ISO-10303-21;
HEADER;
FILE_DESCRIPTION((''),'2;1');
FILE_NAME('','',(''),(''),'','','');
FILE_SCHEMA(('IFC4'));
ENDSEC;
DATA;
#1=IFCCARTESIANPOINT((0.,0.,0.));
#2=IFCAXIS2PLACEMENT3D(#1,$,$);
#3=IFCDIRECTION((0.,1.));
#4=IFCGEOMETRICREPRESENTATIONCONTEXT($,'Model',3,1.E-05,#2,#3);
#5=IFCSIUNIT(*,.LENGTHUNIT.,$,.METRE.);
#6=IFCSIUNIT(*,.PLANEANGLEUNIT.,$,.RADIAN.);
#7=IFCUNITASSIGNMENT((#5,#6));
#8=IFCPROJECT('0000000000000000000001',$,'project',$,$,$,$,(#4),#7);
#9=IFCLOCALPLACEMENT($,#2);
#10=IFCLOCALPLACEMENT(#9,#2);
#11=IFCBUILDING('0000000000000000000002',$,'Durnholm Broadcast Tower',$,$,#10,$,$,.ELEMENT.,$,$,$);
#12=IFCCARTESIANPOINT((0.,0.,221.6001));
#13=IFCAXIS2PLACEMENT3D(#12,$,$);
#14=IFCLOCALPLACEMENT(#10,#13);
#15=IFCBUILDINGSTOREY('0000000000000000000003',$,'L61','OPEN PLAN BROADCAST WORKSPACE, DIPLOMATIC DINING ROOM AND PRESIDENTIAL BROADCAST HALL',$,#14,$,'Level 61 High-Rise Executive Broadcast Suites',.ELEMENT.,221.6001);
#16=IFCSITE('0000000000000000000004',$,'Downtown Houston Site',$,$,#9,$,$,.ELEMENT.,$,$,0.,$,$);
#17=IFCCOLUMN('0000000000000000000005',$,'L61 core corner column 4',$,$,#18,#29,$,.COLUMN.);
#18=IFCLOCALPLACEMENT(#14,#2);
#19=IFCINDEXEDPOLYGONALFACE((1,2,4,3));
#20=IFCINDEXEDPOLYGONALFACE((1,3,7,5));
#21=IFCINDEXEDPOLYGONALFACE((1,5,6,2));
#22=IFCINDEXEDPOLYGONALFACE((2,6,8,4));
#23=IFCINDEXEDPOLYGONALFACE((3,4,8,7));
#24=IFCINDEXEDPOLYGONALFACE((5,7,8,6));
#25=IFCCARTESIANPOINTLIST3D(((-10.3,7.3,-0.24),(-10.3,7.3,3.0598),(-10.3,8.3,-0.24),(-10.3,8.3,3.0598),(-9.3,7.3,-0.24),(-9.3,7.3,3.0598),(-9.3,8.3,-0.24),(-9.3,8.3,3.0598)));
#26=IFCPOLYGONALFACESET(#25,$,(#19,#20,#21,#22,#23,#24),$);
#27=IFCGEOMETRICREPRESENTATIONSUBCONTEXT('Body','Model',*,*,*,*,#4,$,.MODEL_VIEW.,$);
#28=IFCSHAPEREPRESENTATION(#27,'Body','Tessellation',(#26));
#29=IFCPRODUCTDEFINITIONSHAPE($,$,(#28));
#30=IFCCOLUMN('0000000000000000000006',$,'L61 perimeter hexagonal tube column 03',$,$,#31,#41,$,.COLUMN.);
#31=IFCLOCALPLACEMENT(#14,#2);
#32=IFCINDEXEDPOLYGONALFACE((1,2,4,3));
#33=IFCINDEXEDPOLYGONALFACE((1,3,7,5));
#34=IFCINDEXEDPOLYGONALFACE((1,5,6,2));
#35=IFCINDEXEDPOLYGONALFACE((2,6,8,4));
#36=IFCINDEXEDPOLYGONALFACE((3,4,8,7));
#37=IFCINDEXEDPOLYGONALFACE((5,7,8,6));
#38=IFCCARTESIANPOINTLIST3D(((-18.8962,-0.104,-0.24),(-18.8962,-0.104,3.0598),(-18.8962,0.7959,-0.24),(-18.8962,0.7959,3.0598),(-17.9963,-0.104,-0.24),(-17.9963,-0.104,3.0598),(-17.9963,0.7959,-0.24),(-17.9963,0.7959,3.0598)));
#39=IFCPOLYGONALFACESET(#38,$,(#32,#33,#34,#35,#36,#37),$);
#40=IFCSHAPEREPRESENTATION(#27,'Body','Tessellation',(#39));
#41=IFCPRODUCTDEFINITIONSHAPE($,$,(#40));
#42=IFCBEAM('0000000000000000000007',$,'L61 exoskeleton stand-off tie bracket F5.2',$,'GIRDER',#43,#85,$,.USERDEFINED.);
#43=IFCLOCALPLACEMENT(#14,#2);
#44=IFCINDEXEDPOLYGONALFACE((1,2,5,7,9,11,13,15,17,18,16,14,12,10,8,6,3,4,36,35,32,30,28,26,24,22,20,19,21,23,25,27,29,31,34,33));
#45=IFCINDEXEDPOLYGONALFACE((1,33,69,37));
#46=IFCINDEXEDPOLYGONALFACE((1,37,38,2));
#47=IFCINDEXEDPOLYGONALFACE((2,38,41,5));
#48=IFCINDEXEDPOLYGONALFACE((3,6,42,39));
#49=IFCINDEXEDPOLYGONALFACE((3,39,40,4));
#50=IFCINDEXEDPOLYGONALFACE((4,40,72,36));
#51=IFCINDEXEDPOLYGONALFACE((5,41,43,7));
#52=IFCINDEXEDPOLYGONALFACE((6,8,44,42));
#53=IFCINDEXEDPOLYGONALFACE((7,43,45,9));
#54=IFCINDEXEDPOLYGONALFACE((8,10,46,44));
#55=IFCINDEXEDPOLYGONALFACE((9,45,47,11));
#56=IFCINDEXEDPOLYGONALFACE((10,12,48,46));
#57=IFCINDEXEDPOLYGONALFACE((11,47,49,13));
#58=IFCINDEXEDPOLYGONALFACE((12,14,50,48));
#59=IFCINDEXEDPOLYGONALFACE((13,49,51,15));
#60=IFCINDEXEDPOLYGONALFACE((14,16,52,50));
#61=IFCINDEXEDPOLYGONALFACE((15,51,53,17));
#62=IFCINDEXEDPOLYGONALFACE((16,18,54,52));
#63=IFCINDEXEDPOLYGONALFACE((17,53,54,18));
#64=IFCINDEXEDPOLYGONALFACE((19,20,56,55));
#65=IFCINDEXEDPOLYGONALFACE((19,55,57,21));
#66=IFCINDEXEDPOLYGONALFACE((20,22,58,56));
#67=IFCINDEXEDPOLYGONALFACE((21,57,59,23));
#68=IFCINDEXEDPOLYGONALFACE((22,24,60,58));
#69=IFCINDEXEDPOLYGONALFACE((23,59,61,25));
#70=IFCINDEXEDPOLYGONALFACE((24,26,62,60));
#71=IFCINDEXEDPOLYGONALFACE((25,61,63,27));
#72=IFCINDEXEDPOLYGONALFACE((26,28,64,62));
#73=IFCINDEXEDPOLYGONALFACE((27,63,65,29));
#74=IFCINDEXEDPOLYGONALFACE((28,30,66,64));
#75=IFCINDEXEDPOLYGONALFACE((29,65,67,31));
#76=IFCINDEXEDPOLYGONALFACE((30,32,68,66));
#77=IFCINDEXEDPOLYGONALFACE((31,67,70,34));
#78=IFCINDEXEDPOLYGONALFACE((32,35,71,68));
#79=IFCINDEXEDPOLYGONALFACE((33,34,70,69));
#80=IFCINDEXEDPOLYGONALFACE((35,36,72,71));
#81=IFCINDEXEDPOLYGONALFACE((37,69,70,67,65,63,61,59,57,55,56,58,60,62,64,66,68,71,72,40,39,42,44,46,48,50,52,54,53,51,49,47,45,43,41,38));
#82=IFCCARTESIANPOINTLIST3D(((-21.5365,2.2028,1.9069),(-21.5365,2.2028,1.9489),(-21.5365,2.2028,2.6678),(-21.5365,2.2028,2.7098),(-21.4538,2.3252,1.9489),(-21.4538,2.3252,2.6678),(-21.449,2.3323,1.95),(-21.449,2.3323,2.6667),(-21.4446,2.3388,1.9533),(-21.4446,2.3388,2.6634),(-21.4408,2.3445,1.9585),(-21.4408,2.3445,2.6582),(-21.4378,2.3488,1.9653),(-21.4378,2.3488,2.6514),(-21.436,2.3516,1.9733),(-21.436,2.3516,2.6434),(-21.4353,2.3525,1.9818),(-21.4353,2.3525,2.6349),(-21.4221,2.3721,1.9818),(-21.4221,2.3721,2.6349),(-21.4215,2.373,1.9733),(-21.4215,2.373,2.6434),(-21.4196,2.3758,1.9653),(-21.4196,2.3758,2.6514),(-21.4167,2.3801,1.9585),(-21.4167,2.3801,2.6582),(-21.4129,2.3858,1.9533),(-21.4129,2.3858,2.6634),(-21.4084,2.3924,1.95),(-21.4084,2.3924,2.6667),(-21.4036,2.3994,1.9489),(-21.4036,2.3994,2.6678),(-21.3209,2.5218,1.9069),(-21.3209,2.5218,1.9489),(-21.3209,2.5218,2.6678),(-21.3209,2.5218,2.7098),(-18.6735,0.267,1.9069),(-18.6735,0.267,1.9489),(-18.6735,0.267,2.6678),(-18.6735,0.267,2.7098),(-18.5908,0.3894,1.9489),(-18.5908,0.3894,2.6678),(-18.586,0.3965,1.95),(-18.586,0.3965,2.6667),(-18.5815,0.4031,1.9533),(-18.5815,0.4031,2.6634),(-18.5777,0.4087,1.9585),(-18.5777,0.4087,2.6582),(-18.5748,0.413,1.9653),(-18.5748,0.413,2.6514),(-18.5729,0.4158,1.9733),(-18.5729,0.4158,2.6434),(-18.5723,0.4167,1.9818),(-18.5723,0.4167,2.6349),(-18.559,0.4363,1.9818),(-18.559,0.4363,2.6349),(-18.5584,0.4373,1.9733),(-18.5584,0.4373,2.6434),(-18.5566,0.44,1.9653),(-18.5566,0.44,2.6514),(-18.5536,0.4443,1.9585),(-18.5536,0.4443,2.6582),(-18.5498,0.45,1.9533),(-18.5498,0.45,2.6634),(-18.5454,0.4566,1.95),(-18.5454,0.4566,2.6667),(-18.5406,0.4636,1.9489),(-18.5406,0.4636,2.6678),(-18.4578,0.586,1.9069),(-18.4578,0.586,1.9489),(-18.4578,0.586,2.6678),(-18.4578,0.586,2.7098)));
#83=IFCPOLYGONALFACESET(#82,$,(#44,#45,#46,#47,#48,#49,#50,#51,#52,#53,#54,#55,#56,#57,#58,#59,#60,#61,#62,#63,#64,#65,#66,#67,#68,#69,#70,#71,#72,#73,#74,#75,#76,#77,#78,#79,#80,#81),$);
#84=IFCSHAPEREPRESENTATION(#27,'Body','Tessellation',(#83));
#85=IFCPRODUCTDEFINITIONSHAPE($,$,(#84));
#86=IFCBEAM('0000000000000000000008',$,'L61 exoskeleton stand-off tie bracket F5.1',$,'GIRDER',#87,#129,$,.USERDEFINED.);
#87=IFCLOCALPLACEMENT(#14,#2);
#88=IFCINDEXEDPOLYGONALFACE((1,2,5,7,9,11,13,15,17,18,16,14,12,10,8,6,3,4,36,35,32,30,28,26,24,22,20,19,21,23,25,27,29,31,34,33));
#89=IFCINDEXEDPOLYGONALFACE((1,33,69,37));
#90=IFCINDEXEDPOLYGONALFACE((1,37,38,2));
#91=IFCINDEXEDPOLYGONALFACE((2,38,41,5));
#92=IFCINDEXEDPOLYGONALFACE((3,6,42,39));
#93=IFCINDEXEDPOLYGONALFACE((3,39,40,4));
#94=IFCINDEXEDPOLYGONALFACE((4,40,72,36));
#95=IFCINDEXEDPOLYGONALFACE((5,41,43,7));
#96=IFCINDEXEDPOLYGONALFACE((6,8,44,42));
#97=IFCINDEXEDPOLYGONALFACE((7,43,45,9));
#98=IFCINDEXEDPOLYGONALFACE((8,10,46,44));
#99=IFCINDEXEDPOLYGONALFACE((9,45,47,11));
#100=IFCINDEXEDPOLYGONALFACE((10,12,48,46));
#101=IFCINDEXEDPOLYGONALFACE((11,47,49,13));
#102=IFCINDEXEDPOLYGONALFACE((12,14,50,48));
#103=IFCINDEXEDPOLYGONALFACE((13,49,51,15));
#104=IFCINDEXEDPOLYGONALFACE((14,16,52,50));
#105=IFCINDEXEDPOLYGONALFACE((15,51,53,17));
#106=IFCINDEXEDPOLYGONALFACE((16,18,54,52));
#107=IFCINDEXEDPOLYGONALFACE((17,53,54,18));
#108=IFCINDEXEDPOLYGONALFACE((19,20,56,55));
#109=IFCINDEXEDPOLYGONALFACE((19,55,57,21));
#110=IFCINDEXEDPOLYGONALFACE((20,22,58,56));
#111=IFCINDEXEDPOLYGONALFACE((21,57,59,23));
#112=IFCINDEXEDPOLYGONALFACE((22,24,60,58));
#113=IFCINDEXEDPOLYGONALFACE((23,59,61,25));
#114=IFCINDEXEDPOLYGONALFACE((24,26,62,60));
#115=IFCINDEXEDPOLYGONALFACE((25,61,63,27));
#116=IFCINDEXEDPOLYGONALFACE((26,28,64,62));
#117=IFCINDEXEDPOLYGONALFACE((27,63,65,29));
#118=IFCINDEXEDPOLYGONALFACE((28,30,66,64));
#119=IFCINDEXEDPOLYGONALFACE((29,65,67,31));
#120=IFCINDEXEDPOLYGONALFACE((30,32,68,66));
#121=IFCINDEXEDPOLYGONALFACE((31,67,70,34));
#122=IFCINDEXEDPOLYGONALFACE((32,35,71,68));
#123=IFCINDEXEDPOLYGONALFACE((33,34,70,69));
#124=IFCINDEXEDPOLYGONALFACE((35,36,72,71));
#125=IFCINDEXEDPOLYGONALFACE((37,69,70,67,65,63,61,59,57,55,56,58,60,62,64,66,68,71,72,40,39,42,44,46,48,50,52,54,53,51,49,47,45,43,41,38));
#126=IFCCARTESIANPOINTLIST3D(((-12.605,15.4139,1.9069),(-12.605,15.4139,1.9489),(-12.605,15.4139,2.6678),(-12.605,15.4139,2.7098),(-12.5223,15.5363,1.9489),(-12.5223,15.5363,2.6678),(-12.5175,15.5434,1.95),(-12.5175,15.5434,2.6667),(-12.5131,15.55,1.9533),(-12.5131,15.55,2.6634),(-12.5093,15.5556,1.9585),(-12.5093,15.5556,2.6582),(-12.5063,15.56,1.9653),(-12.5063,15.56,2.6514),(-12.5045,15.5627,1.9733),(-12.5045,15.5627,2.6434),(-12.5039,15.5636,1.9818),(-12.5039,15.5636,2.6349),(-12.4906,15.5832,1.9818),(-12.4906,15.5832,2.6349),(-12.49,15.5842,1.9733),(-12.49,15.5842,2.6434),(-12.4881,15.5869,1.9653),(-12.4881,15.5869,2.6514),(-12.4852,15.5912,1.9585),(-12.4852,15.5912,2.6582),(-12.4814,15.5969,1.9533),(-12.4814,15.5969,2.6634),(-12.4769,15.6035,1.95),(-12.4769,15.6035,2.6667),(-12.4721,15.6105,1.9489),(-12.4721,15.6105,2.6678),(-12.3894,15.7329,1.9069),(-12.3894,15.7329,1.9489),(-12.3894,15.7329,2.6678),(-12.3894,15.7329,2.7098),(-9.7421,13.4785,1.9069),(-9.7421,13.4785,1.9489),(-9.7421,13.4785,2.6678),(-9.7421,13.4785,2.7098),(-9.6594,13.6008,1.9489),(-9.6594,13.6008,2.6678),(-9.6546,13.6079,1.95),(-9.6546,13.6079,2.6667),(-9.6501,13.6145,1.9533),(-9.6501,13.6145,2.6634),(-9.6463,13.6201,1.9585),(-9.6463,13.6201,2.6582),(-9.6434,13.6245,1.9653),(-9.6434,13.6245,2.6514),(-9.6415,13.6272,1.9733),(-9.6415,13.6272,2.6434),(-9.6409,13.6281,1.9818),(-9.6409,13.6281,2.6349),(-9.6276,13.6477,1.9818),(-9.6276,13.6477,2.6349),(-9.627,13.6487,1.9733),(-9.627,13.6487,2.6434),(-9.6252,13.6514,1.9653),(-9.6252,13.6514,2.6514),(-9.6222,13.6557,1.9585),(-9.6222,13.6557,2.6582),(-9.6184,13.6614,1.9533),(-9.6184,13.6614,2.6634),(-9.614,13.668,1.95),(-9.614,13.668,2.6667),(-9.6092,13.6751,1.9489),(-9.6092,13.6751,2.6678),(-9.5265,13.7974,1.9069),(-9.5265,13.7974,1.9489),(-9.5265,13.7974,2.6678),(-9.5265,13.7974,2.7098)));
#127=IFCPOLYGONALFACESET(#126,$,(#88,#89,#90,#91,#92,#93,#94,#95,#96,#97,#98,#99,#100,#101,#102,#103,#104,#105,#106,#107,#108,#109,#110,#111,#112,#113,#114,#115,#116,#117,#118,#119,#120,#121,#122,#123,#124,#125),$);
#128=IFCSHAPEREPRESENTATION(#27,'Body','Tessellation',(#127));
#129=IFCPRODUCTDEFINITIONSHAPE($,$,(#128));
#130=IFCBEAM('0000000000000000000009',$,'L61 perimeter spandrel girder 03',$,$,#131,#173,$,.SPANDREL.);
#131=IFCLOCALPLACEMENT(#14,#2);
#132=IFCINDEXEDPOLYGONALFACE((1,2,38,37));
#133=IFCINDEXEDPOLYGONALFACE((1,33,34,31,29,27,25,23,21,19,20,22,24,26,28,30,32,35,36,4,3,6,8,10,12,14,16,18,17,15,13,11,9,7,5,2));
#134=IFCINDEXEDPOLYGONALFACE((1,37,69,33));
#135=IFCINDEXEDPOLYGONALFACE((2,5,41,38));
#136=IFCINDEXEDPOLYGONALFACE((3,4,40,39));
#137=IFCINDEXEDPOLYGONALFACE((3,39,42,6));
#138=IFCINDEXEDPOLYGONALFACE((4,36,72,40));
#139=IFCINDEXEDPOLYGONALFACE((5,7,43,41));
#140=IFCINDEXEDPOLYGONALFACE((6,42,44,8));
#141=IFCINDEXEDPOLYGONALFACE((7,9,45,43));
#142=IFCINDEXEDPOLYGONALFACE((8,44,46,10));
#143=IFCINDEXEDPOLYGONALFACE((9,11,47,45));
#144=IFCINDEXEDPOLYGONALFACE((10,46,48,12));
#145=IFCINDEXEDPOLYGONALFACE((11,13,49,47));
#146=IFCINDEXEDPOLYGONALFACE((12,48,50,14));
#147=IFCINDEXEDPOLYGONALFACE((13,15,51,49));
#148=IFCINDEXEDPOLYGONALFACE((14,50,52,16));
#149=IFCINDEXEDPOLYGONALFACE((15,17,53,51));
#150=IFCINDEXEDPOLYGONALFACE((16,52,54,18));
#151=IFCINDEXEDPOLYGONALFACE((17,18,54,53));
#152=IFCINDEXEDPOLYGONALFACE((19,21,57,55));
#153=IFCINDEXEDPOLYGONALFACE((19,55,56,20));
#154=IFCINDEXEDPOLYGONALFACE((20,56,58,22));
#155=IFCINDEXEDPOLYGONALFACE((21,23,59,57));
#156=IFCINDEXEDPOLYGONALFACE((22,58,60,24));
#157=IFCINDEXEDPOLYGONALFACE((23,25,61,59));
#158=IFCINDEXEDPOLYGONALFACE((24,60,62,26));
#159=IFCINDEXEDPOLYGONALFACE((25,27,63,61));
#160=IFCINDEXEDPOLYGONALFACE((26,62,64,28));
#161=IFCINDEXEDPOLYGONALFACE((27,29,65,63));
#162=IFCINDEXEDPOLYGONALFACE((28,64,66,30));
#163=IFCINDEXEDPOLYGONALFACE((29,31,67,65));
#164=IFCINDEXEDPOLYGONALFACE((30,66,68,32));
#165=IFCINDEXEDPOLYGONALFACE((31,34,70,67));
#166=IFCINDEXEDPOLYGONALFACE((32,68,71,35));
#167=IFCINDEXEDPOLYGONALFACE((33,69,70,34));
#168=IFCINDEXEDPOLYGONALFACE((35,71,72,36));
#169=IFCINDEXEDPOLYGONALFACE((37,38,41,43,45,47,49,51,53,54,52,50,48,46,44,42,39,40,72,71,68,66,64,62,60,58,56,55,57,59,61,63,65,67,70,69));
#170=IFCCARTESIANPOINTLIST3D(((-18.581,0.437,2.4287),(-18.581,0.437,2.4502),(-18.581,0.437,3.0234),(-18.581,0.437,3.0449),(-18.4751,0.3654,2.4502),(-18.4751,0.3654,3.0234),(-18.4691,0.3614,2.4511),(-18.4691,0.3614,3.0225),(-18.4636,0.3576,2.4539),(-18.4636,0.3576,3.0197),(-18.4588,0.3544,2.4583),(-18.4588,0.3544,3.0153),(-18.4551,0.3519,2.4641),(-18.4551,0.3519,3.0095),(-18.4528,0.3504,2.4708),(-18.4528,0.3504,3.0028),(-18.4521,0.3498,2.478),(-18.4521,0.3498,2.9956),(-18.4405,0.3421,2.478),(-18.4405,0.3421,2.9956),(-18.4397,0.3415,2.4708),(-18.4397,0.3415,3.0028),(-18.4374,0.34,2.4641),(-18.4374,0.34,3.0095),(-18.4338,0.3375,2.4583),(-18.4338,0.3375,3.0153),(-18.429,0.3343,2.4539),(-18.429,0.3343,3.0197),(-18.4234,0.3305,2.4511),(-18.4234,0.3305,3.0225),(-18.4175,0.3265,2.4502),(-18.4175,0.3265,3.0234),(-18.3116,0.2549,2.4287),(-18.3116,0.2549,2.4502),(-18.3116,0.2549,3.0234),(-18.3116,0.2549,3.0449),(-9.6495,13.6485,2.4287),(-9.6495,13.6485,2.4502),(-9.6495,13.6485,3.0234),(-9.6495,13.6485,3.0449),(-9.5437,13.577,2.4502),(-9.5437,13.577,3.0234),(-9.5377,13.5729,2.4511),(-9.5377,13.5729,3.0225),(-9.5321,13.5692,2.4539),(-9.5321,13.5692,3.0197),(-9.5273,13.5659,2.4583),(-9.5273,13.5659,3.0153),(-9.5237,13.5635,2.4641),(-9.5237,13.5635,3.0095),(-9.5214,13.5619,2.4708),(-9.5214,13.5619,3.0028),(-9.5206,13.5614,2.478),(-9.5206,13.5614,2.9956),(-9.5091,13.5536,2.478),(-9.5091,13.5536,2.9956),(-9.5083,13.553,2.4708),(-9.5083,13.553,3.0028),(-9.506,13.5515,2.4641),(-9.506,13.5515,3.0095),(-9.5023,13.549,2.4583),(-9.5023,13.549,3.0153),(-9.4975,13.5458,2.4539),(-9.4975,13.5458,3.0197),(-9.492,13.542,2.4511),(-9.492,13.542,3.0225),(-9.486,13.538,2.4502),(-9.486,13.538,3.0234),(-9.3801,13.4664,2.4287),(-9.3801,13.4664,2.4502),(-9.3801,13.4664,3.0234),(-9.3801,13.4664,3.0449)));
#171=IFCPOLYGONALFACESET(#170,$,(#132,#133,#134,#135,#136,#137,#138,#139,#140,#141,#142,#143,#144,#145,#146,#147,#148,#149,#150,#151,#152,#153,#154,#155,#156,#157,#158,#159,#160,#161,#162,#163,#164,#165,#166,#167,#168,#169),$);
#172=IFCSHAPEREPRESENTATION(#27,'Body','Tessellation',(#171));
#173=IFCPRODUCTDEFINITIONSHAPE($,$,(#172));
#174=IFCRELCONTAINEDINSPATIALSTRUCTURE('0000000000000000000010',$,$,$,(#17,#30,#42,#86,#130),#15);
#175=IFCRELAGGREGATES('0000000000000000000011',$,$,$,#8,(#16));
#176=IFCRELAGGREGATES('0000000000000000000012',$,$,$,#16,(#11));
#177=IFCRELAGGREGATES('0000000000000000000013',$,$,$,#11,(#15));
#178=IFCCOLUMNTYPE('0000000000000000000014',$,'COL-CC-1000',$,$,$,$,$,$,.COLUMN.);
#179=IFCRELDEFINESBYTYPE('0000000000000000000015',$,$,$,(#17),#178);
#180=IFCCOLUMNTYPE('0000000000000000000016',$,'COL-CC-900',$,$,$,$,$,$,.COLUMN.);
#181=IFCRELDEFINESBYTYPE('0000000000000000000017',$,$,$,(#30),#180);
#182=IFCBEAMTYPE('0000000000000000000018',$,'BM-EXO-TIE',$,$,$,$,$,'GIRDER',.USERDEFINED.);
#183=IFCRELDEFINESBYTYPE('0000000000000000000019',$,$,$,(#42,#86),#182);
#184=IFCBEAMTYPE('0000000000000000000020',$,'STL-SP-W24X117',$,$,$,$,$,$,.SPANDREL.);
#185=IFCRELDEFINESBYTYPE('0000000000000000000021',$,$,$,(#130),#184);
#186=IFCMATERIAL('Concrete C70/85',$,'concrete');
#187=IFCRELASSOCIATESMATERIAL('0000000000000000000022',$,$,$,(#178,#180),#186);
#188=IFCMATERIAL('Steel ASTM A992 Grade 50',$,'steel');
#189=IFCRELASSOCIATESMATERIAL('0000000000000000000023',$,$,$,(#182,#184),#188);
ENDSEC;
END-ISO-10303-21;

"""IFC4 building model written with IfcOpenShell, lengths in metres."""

from ifc_helpers import new_model, si_unit, direction, frame, origin, origin_2d, place, context, subcontext, project, spatial, rectangle, i_section, extrude, source, transform, mapped, material, material_profile, profile_set, type_object, type_shapes, element, save


model = new_model("IFC4")

# Units and contexts
model_context = context("Model", 3, precision=1e-05, world=origin(), true_north=direction((0.0, 1.0)))
body_context = subcontext(model_context, "Body", "Model", "MODEL_VIEW")
ifc_project = project(units=[si_unit("LENGTHUNIT", "METRE"), si_unit("PLANEANGLEUNIT", "RADIAN")], contexts=[model_context])

# Site, building, storey
site_placement = place(None, origin())
site = spatial("IfcSite", under=ifc_project, at=site_placement, Name="Downtown Houston Site", CompositionType="ELEMENT", RefElevation=0.0)
building_placement = place(site_placement, origin())
building = spatial("IfcBuilding", under=site, at=building_placement, Name="Durnholm Broadcast Tower", CompositionType="ELEMENT")
storey_placement = place(building_placement, frame((0.0, 0.0, 221.6001)))
storey = spatial("IfcBuildingStorey", under=building, at=storey_placement, Name="L61", Description="OPEN PLAN BROADCAST WORKSPACE, DIPLOMATIC DINING ROOM AND PRESIDENTIAL BROADCAST HALL", LongName="Level 61 High-Rise Executive Broadcast Suites", CompositionType="ELEMENT", Elevation=221.6001)

# Columns
ifc_material_1 = material(Name="Concrete C70/85", Category="concrete")
ifc_material_profile_1 = material_profile(ifc_material_1, rectangle(XDim=1.0, YDim=1.0, at=origin_2d()), Name="RC1000X1000")
ifc_profile_set_1 = profile_set([ifc_material_profile_1], Name="Concrete C70/85")
column_type_1 = type_object("IfcColumnType", Name="COL-CC-1000", PredefinedType="COLUMN", material=ifc_profile_set_1)
shared_shape_1 = source(origin(), body_context, "Body", "SweptSolid", [
    extrude(rectangle(XDim=1.0, YDim=1.0, at=origin_2d()), origin(), (0.0, 0.0, 1.0), 3.2998),
])
type_shapes(column_type_1, [shared_shape_1])
column_1_placement = place(storey_placement, frame((-9.8, 7.8, -0.24), z_axis=(0.0, 0.0, 1.0), x_axis=(1.0, 0.0, 0.0)))
element("IfcColumn", 1, at=column_1_placement, inside=storey, type_object=column_type_1, Name="L61 core corner column 4", PredefinedType="COLUMN", context=body_context, shape_type="MappedRepresentation", body=[
    mapped(shared_shape_1, transform((0.0, 0.0, 0.0), x_axis=(1.0, 0.0, 0.0), y_axis=(0.0, 1.0, 0.0), z_axis=(0.0, 0.0, 1.0), scale=1.0)),
])
ifc_material_profile_2 = material_profile(ifc_material_1, rectangle(XDim=0.8999, YDim=0.8999, at=origin_2d()), Name="RC900X900")
ifc_profile_set_2 = profile_set([ifc_material_profile_2], Name="Concrete C70/85")
column_type_2 = type_object("IfcColumnType", Name="COL-CC-900", PredefinedType="COLUMN", material=ifc_profile_set_2)
shared_shape_2 = source(origin(), body_context, "Body", "SweptSolid", [
    extrude(rectangle(XDim=0.8999, YDim=0.8999, at=origin_2d()), origin(), (0.0, 0.0, 1.0), 3.2998),
])
type_shapes(column_type_2, [shared_shape_2])
column_2_placement = place(storey_placement, frame((-18.4463, 0.3459, -0.24), z_axis=(0.0, 0.0, 1.0), x_axis=(1.0, 0.0, 0.0)))
element("IfcColumn", 2, at=column_2_placement, inside=storey, type_object=column_type_2, Name="L61 perimeter hexagonal tube column 03", PredefinedType="COLUMN", context=body_context, shape_type="MappedRepresentation", body=[
    mapped(shared_shape_2, transform((0.0, 0.0, 0.0), x_axis=(1.0, 0.0, 0.0), y_axis=(0.0, 1.0, 0.0), z_axis=(0.0, 0.0, 1.0), scale=1.0)),
])

# Beams
ifc_material_2 = material(Name="Steel ASTM A992 Grade 50", Category="steel")
ifc_material_profile_3 = material_profile(ifc_material_2, i_section(OverallWidth=0.385, OverallDepth=0.803, WebThickness=0.0237, FlangeThickness=0.042, FilletRadius=0.033, at=origin_2d()), Name="W30X261")
ifc_profile_set_3 = profile_set([ifc_material_profile_3], Name="Steel ASTM A992 Grade 50")
beam_type_1 = type_object("IfcBeamType", Name="BM-EXO-TIE", ElementType="GIRDER", PredefinedType="USERDEFINED", material=ifc_profile_set_3)
shared_shape_3 = source(origin(), body_context, "Body", "SweptSolid", [
    extrude(i_section(OverallWidth=0.385, OverallDepth=0.803, WebThickness=0.0237, FlangeThickness=0.042, FilletRadius=0.033, at=origin_2d()), origin(), (0.0, 0.0, 1.0), 3.4561),
])
beam_1_placement = place(storey_placement, frame((-18.5657, 0.4265, 2.3083), z_axis=(-0.828414, 0.560117, 0.0), x_axis=(-0.560117, -0.828414, 0.0)))
element("IfcBeam", 3, at=beam_1_placement, inside=storey, type_object=beam_type_1, Name="L61 exoskeleton stand-off tie bracket F5.2", ObjectType="GIRDER", PredefinedType="USERDEFINED", context=body_context, shape_type="MappedRepresentation", body=[
    mapped(shared_shape_3, transform((0.0, 0.0, 0.0), x_axis=(1.0, 0.0, 0.0), y_axis=(0.0, 1.0, 0.0), z_axis=(0.0, 0.0, 1.0), scale=1.0)),
])
shared_shape_4 = source(origin(), body_context, "Body", "SweptSolid", [
    extrude(i_section(OverallWidth=0.385, OverallDepth=0.803, WebThickness=0.0237, FlangeThickness=0.042, FilletRadius=0.033, at=origin_2d()), origin(), (0.0, 0.0, 1.0), 3.4558),
])
beam_2_placement = place(storey_placement, frame((-9.6343, 13.6379, 2.3083), z_axis=(-0.828446, 0.560068, 0.0), x_axis=(-0.560068, -0.828446, 0.0)))
element("IfcBeam", 4, at=beam_2_placement, inside=storey, type_object=beam_type_1, Name="L61 exoskeleton stand-off tie bracket F5.1", ObjectType="GIRDER", PredefinedType="USERDEFINED", context=body_context, shape_type="MappedRepresentation", body=[
    mapped(shared_shape_4, transform((0.0, 0.0, 0.0), x_axis=(1.0, 0.0, 0.0), y_axis=(0.0, 1.0, 0.0), z_axis=(0.0, 0.0, 1.0), scale=1.0)),
])
ifc_material_profile_4 = material_profile(ifc_material_2, i_section(OverallWidth=0.3252, OverallDepth=0.6162, WebThickness=0.0139, FlangeThickness=0.0215, FilletRadius=0.0278, at=origin_2d()), Name="W24X117")
ifc_profile_set_4 = profile_set([ifc_material_profile_4], Name="Steel ASTM A992 Grade 50")
beam_type_2 = type_object("IfcBeamType", Name="STL-SP-W24X117", PredefinedType="SPANDREL", material=ifc_profile_set_4)
shared_shape_5 = source(origin(), body_context, "Body", "SweptSolid", [
    extrude(i_section(OverallWidth=0.3252, OverallDepth=0.6162, WebThickness=0.0139, FlangeThickness=0.0215, FilletRadius=0.0278, at=origin_2d()), origin(), (0.0, 0.0, 1.0), 15.9473),
])
type_shapes(beam_type_2, [shared_shape_5])
beam_3_placement = place(storey_placement, frame((-18.4463, 0.3459, 2.7368), z_axis=(0.560062, 0.828451, 0.0), x_axis=(-0.828451, 0.560062, 0.0)))
element("IfcBeam", 5, at=beam_3_placement, inside=storey, type_object=beam_type_2, Name="L61 perimeter spandrel girder 03", PredefinedType="SPANDREL", context=body_context, shape_type="MappedRepresentation", body=[
    mapped(shared_shape_5, transform((0.0, 0.0, 0.0), x_axis=(1.0, 0.0, 0.0), y_axis=(0.0, 1.0, 0.0), z_axis=(0.0, 0.0, 1.0), scale=1.0)),
])

save(model, "model.ifc")
